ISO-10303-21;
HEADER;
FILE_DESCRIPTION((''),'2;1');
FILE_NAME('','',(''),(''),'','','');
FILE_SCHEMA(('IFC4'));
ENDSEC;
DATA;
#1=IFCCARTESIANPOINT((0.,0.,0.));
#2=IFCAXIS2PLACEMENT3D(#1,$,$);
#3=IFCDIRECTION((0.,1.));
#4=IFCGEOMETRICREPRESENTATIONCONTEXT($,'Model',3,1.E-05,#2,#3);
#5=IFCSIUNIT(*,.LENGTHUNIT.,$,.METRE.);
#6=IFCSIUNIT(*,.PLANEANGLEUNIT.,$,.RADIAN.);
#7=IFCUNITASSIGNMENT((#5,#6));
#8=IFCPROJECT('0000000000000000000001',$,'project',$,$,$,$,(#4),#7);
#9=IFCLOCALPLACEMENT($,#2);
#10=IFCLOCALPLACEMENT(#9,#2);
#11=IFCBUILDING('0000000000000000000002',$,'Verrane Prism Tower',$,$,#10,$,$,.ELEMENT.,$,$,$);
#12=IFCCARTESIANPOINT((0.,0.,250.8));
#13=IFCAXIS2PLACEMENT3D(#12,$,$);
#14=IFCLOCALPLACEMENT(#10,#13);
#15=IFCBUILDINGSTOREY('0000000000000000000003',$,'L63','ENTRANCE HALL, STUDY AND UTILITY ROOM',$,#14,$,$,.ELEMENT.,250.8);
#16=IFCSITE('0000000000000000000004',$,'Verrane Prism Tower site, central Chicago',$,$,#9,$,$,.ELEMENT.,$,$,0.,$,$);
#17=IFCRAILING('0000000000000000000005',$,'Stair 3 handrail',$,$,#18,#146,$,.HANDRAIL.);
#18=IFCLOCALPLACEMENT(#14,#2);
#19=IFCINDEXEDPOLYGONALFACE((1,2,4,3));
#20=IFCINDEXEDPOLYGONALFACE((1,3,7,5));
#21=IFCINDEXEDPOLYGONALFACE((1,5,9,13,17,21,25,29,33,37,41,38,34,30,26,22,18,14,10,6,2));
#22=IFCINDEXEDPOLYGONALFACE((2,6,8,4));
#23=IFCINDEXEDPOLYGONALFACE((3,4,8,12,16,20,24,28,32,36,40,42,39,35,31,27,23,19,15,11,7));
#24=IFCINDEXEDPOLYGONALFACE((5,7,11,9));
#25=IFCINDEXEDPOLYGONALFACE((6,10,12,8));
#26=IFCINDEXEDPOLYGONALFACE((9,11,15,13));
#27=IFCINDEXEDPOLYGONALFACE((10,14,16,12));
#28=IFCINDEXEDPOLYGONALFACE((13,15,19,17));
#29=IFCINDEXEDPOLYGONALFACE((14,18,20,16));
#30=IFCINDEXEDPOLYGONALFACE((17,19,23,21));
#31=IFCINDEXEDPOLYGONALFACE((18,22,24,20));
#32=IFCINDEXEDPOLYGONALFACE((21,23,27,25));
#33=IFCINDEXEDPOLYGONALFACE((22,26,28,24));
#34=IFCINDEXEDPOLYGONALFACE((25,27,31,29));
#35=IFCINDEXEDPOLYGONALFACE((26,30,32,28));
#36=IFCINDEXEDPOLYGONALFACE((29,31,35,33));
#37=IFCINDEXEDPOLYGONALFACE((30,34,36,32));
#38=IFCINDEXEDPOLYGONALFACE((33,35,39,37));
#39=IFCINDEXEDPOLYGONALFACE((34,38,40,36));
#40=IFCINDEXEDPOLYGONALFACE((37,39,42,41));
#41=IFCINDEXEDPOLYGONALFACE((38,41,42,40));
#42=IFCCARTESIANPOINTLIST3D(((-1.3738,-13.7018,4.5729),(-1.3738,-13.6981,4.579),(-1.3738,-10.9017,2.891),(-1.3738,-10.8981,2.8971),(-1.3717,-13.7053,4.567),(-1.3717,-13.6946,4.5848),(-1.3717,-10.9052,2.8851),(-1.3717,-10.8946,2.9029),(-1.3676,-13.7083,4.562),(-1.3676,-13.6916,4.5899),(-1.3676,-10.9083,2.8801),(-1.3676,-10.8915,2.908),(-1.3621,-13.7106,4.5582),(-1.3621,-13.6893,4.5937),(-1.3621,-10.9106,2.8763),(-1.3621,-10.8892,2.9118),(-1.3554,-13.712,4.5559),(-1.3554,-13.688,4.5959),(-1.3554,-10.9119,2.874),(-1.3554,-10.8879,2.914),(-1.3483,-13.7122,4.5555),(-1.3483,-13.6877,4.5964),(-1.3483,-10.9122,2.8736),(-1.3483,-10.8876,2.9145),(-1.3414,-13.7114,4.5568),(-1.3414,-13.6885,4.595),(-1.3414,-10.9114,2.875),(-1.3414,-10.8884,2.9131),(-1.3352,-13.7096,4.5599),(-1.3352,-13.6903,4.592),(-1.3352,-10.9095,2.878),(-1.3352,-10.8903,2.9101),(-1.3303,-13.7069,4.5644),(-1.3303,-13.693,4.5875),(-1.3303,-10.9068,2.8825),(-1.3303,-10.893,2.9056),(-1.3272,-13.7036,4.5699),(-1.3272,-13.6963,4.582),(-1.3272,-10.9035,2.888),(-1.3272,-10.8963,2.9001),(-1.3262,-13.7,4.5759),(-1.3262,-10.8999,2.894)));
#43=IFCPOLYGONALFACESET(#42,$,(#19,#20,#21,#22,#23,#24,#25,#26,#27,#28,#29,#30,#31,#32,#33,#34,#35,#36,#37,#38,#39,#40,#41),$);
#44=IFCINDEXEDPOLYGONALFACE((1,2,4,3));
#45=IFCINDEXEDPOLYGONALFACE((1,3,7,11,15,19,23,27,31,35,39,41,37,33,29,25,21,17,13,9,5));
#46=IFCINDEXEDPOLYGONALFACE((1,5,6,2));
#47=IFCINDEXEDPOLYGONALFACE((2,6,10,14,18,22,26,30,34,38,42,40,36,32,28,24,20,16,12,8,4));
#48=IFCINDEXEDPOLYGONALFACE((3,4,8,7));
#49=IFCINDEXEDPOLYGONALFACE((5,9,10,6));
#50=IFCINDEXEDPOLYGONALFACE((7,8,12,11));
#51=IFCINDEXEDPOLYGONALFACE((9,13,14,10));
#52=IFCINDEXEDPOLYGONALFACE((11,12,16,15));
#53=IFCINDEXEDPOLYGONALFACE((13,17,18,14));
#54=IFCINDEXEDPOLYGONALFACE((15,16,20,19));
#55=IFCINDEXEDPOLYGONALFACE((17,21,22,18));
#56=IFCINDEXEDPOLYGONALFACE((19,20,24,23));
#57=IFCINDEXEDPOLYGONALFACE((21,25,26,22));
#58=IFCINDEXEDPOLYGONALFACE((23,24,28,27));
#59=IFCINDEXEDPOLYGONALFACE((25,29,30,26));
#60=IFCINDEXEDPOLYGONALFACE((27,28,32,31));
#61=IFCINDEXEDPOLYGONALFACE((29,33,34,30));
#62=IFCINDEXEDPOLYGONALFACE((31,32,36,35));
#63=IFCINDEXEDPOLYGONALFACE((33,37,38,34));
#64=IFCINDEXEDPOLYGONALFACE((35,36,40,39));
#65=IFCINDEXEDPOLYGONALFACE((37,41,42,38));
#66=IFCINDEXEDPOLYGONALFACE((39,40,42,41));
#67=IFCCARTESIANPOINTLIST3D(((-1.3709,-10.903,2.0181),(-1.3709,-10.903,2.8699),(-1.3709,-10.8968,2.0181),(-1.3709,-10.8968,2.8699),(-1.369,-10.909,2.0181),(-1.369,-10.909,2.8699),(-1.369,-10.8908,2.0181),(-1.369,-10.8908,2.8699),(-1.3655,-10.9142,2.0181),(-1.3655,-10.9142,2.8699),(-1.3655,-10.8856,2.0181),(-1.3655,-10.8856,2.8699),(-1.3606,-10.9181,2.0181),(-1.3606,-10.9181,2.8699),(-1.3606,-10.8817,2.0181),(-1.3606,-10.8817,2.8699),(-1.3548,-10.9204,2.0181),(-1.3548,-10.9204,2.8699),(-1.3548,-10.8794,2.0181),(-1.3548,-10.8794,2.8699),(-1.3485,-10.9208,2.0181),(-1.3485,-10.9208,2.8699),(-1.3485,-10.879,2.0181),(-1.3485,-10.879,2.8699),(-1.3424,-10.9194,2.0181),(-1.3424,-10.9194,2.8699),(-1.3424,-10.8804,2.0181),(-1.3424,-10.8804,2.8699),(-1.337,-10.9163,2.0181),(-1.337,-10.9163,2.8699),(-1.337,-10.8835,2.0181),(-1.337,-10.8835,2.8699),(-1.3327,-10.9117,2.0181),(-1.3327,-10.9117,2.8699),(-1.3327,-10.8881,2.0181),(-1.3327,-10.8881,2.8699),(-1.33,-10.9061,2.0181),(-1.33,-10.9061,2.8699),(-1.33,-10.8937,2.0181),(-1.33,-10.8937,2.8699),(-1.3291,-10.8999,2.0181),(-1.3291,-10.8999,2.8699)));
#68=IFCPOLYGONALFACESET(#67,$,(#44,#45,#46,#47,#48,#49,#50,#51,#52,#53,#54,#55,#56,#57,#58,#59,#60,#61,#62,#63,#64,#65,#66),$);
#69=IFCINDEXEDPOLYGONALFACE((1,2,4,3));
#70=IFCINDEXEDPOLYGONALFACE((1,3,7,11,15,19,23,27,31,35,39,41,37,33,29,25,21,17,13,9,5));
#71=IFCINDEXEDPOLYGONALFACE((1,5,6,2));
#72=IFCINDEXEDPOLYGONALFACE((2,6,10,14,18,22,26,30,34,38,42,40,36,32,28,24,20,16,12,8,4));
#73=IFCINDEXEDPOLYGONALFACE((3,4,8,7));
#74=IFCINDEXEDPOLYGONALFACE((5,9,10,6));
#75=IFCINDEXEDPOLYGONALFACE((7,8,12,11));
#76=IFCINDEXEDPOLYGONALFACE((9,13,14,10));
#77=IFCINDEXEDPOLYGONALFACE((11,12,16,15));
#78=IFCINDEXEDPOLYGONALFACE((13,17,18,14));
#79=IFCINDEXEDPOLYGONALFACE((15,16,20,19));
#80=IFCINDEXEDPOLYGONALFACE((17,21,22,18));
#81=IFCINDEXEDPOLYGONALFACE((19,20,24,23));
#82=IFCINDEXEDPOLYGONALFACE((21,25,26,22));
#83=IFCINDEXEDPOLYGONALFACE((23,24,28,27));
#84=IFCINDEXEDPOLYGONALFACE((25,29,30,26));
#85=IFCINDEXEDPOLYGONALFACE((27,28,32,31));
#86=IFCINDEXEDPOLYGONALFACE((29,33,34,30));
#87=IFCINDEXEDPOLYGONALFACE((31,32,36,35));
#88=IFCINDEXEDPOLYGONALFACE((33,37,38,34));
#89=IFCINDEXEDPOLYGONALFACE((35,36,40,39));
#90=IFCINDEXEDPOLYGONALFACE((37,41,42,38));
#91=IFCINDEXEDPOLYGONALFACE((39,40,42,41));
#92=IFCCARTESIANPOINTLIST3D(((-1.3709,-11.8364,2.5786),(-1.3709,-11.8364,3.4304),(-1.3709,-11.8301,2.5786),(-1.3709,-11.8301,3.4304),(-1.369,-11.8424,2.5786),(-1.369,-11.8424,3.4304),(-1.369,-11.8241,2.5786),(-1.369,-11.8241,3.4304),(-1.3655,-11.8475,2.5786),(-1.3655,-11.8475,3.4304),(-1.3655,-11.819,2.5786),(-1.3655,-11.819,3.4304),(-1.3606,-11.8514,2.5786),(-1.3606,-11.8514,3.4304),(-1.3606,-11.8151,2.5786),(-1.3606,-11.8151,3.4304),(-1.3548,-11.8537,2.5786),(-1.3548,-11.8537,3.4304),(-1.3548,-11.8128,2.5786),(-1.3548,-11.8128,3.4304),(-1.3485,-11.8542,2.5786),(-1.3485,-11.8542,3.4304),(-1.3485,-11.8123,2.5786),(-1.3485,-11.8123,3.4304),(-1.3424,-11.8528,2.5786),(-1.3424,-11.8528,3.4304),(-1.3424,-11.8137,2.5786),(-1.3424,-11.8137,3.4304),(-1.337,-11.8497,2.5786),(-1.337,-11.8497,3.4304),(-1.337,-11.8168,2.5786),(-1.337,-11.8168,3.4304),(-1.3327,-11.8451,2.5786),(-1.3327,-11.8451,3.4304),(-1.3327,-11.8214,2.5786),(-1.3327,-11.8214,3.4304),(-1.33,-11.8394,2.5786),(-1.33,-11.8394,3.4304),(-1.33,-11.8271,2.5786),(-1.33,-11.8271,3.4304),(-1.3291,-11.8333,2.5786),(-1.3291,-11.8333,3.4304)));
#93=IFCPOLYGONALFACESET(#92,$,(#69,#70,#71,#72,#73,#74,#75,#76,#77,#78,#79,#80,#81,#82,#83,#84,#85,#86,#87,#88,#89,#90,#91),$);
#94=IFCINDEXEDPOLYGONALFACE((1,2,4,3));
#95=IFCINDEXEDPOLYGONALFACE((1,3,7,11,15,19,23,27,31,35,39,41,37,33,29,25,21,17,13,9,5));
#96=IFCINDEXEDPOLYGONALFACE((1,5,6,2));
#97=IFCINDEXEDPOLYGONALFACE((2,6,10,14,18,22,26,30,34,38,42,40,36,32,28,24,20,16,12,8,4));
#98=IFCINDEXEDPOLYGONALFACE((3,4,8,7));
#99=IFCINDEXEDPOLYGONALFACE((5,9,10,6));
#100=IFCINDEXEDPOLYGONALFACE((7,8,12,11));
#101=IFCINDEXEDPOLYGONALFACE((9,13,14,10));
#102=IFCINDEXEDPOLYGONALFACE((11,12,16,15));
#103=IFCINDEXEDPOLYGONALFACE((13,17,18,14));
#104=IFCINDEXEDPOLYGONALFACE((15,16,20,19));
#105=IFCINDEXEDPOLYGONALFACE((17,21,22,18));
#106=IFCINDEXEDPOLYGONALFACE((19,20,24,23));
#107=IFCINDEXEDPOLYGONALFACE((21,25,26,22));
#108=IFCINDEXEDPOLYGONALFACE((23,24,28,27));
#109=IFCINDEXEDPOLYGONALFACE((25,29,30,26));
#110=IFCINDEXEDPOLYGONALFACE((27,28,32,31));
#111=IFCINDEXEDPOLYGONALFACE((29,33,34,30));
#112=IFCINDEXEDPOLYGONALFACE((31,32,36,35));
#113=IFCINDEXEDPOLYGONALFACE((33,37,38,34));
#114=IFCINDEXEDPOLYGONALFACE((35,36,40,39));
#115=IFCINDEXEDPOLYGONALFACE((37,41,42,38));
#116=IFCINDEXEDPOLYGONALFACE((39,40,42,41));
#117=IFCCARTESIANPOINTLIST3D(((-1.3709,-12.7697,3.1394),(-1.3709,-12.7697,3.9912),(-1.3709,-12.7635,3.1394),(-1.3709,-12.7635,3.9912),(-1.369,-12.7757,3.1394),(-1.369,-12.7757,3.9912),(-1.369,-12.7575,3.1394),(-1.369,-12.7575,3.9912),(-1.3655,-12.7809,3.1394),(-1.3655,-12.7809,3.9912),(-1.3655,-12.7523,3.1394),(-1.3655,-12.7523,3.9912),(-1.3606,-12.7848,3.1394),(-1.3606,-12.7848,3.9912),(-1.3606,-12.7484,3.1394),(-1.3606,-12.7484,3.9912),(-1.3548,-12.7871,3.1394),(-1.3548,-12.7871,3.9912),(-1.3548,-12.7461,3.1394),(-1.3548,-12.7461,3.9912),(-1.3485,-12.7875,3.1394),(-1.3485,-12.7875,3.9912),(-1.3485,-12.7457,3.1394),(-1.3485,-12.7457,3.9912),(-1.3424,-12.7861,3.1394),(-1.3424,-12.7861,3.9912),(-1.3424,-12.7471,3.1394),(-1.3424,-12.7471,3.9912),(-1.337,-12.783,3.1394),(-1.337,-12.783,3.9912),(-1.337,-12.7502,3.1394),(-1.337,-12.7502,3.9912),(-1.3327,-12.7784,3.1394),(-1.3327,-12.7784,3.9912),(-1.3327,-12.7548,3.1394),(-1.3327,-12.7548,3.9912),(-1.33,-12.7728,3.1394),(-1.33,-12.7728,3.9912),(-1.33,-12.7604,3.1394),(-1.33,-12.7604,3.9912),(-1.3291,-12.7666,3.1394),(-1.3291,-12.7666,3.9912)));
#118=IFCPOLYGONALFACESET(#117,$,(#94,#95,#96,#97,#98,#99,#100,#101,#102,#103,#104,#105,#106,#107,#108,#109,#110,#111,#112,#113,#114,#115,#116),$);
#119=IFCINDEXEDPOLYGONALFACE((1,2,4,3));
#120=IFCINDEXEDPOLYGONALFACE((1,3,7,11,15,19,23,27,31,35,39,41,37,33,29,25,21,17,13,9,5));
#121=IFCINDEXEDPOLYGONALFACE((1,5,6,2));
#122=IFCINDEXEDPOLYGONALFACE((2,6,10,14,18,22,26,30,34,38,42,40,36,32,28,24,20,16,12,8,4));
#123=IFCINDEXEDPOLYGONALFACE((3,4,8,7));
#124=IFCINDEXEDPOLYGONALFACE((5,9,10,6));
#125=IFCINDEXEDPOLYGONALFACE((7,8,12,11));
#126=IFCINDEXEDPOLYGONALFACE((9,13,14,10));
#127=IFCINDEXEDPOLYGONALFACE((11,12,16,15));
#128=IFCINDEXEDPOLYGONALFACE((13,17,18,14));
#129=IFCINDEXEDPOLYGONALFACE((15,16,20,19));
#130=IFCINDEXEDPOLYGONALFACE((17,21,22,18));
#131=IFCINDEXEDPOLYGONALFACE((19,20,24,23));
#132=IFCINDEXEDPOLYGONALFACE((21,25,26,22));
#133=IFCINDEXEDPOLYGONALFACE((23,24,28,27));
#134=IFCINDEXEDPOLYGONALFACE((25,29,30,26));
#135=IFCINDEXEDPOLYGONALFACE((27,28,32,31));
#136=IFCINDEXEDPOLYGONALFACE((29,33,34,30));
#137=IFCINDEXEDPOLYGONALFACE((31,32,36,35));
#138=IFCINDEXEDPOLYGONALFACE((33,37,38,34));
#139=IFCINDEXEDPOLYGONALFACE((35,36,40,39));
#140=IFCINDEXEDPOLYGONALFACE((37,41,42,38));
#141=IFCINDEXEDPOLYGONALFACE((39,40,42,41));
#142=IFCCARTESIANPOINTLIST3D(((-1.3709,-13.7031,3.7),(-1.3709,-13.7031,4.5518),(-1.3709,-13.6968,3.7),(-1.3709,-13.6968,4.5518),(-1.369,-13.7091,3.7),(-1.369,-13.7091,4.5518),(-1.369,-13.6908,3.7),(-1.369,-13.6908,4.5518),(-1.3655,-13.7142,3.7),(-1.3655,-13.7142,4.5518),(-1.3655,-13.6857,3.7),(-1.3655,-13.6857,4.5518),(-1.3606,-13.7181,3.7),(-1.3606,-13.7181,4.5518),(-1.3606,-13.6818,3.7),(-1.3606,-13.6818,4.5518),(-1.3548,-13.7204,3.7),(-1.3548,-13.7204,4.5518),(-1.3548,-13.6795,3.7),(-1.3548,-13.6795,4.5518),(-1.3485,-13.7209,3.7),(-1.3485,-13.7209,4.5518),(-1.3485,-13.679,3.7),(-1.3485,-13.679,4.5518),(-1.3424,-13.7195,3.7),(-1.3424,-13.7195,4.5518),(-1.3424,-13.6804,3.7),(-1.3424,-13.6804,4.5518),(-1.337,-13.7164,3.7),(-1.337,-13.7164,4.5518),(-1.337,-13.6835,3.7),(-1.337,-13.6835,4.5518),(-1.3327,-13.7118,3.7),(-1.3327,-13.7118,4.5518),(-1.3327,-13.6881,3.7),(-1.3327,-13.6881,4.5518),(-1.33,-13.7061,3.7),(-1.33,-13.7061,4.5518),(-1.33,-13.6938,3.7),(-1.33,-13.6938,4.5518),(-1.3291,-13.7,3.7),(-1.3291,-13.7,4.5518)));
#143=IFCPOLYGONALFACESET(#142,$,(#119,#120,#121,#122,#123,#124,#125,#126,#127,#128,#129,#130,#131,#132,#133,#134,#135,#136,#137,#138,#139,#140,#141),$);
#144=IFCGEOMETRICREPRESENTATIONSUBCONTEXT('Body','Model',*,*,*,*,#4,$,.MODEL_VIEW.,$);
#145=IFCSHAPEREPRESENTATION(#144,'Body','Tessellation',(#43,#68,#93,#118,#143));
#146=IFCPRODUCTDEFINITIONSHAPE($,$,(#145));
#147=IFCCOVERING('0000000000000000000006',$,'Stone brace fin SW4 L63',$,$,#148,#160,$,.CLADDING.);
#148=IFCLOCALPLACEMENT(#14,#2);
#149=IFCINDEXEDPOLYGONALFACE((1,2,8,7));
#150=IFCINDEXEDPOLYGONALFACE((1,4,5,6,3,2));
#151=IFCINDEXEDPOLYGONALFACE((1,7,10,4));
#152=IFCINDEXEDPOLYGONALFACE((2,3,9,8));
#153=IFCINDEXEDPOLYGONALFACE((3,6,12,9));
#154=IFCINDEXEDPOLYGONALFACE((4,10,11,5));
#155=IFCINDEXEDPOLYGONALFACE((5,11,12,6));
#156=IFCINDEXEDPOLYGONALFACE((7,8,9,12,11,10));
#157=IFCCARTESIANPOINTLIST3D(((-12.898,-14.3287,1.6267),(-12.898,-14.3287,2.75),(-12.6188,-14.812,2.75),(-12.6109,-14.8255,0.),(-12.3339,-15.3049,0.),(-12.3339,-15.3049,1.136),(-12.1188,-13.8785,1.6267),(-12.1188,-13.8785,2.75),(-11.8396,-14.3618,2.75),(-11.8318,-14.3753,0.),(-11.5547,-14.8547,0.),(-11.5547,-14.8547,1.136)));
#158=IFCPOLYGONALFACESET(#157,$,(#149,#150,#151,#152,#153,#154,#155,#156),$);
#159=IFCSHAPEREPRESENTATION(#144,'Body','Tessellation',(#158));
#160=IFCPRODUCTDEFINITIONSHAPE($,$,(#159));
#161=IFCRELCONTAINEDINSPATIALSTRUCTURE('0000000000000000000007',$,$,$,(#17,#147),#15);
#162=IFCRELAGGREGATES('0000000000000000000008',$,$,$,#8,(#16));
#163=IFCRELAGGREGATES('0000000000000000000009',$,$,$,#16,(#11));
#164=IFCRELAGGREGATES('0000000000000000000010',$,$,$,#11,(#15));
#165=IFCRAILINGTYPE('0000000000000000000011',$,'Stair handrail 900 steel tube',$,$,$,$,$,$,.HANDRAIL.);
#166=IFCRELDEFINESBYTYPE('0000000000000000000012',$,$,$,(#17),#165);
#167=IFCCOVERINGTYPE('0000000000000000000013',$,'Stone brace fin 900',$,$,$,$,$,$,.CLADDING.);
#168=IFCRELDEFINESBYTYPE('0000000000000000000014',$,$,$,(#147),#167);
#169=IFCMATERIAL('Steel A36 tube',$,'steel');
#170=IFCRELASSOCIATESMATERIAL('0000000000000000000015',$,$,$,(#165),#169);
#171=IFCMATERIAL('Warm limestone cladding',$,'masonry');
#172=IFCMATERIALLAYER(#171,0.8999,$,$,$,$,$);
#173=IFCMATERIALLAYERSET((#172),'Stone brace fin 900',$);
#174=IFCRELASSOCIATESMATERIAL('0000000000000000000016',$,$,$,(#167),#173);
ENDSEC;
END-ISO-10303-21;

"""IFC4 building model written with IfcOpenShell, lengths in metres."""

from ifc_helpers import new_model, si_unit, direction, frame, origin, origin_2d, place, context, subcontext, project, spatial, polyline, circle, outline, extrude, material, layer, layer_set, type_object, element, save


model = new_model("IFC4")

# Units and contexts
model_context = context("Model", 3, precision=1e-05, world=origin(), true_north=direction((0.0, 1.0)))
body_context = subcontext(model_context, "Body", "Model", "MODEL_VIEW")
ifc_project = project(units=[si_unit("LENGTHUNIT", "METRE"), si_unit("PLANEANGLEUNIT", "RADIAN")], contexts=[model_context])

# Site, building, storey
site_placement = place(None, origin())
site = spatial("IfcSite", under=ifc_project, at=site_placement, Name="Verrane Prism Tower site, central Chicago", CompositionType="ELEMENT", RefElevation=0.0)
building_placement = place(site_placement, origin())
building = spatial("IfcBuilding", under=site, at=building_placement, Name="Verrane Prism Tower", CompositionType="ELEMENT")
storey_placement = place(building_placement, frame((0.0, 0.0, 250.8)))
storey = spatial("IfcBuildingStorey", under=building, at=storey_placement, Name="L63", Description="ENTRANCE HALL, STUDY AND UTILITY ROOM", CompositionType="ELEMENT", Elevation=250.8)

# Railing
ifc_material_1 = material(Name="Steel A36 tube", Category="steel")
railing_type = type_object("IfcRailingType", Name="Stair handrail 900 steel tube", PredefinedType="HANDRAIL", material=ifc_material_1)
railing_placement = place(storey_placement, frame((-1.3501, -10.8999, 2.0181)))
element("IfcRailing", 1, at=railing_placement, inside=storey, type_object=railing_type, Name="Stair 3 handrail", PredefinedType="HANDRAIL", context=body_context, shape_type="SweptSolid", body=[
    extrude(circle(Radius=0.0239, at=origin_2d()), frame((0.0, 0.0, 0.876), z_axis=(0.0, -0.857242, 0.514913), x_axis=(1.0, 0.0, 0.0)), (0.0, 0.0, 1.0), 3.2664),
    extrude(circle(Radius=0.021, at=origin_2d()), origin(), (0.0, 0.0, 1.0), 0.8518),
    extrude(circle(Radius=0.021, at=origin_2d()), frame((0.0, -0.9333, 0.5605)), (0.0, 0.0, 1.0), 0.8518),
    extrude(circle(Radius=0.021, at=origin_2d()), frame((0.0, -1.8667, 1.1213)), (0.0, 0.0, 1.0), 0.8518),
    extrude(circle(Radius=0.021, at=origin_2d()), frame((0.0, -2.8, 1.6819)), (0.0, 0.0, 1.0), 0.8518),
])

# Covering
ifc_material_2 = material(Name="Warm limestone cladding", Category="masonry")
ifc_layer_1 = layer(ifc_material_2, 0.8999)
ifc_layer_set_1 = layer_set([ifc_layer_1], Name="Stone brace fin 900")
covering_type = type_object("IfcCoveringType", Name="Stone brace fin 900", PredefinedType="CLADDING", material=ifc_layer_set_1)
covering_placement = place(storey_placement, frame((-11.9443, -15.0798, 0.0), z_axis=(0.0, 0.0, 1.0), x_axis=(-0.500285, 0.865861, 0.0)))
element("IfcCovering", 2, at=covering_placement, inside=storey, type_object=covering_type, Name="Stone brace fin SW4 L63", PredefinedType="CLADDING", context=body_context, shape_type="SweptSolid", body=[
    extrude(outline(polyline([(1.1274, 2.75), (0.5693, 2.75), (0.0, 1.136), (0.0, 0.0), (0.5537, 0.0), (1.1274, 1.6267), (1.1274, 2.75)])), frame((0.0, 0.45, 0.0), z_axis=(0.0, -1.0, 0.0), x_axis=(1.0, 0.0, 0.0)), (0.0, 0.0, 1.0), 0.8999),
])

save(model, "model.ifc")
